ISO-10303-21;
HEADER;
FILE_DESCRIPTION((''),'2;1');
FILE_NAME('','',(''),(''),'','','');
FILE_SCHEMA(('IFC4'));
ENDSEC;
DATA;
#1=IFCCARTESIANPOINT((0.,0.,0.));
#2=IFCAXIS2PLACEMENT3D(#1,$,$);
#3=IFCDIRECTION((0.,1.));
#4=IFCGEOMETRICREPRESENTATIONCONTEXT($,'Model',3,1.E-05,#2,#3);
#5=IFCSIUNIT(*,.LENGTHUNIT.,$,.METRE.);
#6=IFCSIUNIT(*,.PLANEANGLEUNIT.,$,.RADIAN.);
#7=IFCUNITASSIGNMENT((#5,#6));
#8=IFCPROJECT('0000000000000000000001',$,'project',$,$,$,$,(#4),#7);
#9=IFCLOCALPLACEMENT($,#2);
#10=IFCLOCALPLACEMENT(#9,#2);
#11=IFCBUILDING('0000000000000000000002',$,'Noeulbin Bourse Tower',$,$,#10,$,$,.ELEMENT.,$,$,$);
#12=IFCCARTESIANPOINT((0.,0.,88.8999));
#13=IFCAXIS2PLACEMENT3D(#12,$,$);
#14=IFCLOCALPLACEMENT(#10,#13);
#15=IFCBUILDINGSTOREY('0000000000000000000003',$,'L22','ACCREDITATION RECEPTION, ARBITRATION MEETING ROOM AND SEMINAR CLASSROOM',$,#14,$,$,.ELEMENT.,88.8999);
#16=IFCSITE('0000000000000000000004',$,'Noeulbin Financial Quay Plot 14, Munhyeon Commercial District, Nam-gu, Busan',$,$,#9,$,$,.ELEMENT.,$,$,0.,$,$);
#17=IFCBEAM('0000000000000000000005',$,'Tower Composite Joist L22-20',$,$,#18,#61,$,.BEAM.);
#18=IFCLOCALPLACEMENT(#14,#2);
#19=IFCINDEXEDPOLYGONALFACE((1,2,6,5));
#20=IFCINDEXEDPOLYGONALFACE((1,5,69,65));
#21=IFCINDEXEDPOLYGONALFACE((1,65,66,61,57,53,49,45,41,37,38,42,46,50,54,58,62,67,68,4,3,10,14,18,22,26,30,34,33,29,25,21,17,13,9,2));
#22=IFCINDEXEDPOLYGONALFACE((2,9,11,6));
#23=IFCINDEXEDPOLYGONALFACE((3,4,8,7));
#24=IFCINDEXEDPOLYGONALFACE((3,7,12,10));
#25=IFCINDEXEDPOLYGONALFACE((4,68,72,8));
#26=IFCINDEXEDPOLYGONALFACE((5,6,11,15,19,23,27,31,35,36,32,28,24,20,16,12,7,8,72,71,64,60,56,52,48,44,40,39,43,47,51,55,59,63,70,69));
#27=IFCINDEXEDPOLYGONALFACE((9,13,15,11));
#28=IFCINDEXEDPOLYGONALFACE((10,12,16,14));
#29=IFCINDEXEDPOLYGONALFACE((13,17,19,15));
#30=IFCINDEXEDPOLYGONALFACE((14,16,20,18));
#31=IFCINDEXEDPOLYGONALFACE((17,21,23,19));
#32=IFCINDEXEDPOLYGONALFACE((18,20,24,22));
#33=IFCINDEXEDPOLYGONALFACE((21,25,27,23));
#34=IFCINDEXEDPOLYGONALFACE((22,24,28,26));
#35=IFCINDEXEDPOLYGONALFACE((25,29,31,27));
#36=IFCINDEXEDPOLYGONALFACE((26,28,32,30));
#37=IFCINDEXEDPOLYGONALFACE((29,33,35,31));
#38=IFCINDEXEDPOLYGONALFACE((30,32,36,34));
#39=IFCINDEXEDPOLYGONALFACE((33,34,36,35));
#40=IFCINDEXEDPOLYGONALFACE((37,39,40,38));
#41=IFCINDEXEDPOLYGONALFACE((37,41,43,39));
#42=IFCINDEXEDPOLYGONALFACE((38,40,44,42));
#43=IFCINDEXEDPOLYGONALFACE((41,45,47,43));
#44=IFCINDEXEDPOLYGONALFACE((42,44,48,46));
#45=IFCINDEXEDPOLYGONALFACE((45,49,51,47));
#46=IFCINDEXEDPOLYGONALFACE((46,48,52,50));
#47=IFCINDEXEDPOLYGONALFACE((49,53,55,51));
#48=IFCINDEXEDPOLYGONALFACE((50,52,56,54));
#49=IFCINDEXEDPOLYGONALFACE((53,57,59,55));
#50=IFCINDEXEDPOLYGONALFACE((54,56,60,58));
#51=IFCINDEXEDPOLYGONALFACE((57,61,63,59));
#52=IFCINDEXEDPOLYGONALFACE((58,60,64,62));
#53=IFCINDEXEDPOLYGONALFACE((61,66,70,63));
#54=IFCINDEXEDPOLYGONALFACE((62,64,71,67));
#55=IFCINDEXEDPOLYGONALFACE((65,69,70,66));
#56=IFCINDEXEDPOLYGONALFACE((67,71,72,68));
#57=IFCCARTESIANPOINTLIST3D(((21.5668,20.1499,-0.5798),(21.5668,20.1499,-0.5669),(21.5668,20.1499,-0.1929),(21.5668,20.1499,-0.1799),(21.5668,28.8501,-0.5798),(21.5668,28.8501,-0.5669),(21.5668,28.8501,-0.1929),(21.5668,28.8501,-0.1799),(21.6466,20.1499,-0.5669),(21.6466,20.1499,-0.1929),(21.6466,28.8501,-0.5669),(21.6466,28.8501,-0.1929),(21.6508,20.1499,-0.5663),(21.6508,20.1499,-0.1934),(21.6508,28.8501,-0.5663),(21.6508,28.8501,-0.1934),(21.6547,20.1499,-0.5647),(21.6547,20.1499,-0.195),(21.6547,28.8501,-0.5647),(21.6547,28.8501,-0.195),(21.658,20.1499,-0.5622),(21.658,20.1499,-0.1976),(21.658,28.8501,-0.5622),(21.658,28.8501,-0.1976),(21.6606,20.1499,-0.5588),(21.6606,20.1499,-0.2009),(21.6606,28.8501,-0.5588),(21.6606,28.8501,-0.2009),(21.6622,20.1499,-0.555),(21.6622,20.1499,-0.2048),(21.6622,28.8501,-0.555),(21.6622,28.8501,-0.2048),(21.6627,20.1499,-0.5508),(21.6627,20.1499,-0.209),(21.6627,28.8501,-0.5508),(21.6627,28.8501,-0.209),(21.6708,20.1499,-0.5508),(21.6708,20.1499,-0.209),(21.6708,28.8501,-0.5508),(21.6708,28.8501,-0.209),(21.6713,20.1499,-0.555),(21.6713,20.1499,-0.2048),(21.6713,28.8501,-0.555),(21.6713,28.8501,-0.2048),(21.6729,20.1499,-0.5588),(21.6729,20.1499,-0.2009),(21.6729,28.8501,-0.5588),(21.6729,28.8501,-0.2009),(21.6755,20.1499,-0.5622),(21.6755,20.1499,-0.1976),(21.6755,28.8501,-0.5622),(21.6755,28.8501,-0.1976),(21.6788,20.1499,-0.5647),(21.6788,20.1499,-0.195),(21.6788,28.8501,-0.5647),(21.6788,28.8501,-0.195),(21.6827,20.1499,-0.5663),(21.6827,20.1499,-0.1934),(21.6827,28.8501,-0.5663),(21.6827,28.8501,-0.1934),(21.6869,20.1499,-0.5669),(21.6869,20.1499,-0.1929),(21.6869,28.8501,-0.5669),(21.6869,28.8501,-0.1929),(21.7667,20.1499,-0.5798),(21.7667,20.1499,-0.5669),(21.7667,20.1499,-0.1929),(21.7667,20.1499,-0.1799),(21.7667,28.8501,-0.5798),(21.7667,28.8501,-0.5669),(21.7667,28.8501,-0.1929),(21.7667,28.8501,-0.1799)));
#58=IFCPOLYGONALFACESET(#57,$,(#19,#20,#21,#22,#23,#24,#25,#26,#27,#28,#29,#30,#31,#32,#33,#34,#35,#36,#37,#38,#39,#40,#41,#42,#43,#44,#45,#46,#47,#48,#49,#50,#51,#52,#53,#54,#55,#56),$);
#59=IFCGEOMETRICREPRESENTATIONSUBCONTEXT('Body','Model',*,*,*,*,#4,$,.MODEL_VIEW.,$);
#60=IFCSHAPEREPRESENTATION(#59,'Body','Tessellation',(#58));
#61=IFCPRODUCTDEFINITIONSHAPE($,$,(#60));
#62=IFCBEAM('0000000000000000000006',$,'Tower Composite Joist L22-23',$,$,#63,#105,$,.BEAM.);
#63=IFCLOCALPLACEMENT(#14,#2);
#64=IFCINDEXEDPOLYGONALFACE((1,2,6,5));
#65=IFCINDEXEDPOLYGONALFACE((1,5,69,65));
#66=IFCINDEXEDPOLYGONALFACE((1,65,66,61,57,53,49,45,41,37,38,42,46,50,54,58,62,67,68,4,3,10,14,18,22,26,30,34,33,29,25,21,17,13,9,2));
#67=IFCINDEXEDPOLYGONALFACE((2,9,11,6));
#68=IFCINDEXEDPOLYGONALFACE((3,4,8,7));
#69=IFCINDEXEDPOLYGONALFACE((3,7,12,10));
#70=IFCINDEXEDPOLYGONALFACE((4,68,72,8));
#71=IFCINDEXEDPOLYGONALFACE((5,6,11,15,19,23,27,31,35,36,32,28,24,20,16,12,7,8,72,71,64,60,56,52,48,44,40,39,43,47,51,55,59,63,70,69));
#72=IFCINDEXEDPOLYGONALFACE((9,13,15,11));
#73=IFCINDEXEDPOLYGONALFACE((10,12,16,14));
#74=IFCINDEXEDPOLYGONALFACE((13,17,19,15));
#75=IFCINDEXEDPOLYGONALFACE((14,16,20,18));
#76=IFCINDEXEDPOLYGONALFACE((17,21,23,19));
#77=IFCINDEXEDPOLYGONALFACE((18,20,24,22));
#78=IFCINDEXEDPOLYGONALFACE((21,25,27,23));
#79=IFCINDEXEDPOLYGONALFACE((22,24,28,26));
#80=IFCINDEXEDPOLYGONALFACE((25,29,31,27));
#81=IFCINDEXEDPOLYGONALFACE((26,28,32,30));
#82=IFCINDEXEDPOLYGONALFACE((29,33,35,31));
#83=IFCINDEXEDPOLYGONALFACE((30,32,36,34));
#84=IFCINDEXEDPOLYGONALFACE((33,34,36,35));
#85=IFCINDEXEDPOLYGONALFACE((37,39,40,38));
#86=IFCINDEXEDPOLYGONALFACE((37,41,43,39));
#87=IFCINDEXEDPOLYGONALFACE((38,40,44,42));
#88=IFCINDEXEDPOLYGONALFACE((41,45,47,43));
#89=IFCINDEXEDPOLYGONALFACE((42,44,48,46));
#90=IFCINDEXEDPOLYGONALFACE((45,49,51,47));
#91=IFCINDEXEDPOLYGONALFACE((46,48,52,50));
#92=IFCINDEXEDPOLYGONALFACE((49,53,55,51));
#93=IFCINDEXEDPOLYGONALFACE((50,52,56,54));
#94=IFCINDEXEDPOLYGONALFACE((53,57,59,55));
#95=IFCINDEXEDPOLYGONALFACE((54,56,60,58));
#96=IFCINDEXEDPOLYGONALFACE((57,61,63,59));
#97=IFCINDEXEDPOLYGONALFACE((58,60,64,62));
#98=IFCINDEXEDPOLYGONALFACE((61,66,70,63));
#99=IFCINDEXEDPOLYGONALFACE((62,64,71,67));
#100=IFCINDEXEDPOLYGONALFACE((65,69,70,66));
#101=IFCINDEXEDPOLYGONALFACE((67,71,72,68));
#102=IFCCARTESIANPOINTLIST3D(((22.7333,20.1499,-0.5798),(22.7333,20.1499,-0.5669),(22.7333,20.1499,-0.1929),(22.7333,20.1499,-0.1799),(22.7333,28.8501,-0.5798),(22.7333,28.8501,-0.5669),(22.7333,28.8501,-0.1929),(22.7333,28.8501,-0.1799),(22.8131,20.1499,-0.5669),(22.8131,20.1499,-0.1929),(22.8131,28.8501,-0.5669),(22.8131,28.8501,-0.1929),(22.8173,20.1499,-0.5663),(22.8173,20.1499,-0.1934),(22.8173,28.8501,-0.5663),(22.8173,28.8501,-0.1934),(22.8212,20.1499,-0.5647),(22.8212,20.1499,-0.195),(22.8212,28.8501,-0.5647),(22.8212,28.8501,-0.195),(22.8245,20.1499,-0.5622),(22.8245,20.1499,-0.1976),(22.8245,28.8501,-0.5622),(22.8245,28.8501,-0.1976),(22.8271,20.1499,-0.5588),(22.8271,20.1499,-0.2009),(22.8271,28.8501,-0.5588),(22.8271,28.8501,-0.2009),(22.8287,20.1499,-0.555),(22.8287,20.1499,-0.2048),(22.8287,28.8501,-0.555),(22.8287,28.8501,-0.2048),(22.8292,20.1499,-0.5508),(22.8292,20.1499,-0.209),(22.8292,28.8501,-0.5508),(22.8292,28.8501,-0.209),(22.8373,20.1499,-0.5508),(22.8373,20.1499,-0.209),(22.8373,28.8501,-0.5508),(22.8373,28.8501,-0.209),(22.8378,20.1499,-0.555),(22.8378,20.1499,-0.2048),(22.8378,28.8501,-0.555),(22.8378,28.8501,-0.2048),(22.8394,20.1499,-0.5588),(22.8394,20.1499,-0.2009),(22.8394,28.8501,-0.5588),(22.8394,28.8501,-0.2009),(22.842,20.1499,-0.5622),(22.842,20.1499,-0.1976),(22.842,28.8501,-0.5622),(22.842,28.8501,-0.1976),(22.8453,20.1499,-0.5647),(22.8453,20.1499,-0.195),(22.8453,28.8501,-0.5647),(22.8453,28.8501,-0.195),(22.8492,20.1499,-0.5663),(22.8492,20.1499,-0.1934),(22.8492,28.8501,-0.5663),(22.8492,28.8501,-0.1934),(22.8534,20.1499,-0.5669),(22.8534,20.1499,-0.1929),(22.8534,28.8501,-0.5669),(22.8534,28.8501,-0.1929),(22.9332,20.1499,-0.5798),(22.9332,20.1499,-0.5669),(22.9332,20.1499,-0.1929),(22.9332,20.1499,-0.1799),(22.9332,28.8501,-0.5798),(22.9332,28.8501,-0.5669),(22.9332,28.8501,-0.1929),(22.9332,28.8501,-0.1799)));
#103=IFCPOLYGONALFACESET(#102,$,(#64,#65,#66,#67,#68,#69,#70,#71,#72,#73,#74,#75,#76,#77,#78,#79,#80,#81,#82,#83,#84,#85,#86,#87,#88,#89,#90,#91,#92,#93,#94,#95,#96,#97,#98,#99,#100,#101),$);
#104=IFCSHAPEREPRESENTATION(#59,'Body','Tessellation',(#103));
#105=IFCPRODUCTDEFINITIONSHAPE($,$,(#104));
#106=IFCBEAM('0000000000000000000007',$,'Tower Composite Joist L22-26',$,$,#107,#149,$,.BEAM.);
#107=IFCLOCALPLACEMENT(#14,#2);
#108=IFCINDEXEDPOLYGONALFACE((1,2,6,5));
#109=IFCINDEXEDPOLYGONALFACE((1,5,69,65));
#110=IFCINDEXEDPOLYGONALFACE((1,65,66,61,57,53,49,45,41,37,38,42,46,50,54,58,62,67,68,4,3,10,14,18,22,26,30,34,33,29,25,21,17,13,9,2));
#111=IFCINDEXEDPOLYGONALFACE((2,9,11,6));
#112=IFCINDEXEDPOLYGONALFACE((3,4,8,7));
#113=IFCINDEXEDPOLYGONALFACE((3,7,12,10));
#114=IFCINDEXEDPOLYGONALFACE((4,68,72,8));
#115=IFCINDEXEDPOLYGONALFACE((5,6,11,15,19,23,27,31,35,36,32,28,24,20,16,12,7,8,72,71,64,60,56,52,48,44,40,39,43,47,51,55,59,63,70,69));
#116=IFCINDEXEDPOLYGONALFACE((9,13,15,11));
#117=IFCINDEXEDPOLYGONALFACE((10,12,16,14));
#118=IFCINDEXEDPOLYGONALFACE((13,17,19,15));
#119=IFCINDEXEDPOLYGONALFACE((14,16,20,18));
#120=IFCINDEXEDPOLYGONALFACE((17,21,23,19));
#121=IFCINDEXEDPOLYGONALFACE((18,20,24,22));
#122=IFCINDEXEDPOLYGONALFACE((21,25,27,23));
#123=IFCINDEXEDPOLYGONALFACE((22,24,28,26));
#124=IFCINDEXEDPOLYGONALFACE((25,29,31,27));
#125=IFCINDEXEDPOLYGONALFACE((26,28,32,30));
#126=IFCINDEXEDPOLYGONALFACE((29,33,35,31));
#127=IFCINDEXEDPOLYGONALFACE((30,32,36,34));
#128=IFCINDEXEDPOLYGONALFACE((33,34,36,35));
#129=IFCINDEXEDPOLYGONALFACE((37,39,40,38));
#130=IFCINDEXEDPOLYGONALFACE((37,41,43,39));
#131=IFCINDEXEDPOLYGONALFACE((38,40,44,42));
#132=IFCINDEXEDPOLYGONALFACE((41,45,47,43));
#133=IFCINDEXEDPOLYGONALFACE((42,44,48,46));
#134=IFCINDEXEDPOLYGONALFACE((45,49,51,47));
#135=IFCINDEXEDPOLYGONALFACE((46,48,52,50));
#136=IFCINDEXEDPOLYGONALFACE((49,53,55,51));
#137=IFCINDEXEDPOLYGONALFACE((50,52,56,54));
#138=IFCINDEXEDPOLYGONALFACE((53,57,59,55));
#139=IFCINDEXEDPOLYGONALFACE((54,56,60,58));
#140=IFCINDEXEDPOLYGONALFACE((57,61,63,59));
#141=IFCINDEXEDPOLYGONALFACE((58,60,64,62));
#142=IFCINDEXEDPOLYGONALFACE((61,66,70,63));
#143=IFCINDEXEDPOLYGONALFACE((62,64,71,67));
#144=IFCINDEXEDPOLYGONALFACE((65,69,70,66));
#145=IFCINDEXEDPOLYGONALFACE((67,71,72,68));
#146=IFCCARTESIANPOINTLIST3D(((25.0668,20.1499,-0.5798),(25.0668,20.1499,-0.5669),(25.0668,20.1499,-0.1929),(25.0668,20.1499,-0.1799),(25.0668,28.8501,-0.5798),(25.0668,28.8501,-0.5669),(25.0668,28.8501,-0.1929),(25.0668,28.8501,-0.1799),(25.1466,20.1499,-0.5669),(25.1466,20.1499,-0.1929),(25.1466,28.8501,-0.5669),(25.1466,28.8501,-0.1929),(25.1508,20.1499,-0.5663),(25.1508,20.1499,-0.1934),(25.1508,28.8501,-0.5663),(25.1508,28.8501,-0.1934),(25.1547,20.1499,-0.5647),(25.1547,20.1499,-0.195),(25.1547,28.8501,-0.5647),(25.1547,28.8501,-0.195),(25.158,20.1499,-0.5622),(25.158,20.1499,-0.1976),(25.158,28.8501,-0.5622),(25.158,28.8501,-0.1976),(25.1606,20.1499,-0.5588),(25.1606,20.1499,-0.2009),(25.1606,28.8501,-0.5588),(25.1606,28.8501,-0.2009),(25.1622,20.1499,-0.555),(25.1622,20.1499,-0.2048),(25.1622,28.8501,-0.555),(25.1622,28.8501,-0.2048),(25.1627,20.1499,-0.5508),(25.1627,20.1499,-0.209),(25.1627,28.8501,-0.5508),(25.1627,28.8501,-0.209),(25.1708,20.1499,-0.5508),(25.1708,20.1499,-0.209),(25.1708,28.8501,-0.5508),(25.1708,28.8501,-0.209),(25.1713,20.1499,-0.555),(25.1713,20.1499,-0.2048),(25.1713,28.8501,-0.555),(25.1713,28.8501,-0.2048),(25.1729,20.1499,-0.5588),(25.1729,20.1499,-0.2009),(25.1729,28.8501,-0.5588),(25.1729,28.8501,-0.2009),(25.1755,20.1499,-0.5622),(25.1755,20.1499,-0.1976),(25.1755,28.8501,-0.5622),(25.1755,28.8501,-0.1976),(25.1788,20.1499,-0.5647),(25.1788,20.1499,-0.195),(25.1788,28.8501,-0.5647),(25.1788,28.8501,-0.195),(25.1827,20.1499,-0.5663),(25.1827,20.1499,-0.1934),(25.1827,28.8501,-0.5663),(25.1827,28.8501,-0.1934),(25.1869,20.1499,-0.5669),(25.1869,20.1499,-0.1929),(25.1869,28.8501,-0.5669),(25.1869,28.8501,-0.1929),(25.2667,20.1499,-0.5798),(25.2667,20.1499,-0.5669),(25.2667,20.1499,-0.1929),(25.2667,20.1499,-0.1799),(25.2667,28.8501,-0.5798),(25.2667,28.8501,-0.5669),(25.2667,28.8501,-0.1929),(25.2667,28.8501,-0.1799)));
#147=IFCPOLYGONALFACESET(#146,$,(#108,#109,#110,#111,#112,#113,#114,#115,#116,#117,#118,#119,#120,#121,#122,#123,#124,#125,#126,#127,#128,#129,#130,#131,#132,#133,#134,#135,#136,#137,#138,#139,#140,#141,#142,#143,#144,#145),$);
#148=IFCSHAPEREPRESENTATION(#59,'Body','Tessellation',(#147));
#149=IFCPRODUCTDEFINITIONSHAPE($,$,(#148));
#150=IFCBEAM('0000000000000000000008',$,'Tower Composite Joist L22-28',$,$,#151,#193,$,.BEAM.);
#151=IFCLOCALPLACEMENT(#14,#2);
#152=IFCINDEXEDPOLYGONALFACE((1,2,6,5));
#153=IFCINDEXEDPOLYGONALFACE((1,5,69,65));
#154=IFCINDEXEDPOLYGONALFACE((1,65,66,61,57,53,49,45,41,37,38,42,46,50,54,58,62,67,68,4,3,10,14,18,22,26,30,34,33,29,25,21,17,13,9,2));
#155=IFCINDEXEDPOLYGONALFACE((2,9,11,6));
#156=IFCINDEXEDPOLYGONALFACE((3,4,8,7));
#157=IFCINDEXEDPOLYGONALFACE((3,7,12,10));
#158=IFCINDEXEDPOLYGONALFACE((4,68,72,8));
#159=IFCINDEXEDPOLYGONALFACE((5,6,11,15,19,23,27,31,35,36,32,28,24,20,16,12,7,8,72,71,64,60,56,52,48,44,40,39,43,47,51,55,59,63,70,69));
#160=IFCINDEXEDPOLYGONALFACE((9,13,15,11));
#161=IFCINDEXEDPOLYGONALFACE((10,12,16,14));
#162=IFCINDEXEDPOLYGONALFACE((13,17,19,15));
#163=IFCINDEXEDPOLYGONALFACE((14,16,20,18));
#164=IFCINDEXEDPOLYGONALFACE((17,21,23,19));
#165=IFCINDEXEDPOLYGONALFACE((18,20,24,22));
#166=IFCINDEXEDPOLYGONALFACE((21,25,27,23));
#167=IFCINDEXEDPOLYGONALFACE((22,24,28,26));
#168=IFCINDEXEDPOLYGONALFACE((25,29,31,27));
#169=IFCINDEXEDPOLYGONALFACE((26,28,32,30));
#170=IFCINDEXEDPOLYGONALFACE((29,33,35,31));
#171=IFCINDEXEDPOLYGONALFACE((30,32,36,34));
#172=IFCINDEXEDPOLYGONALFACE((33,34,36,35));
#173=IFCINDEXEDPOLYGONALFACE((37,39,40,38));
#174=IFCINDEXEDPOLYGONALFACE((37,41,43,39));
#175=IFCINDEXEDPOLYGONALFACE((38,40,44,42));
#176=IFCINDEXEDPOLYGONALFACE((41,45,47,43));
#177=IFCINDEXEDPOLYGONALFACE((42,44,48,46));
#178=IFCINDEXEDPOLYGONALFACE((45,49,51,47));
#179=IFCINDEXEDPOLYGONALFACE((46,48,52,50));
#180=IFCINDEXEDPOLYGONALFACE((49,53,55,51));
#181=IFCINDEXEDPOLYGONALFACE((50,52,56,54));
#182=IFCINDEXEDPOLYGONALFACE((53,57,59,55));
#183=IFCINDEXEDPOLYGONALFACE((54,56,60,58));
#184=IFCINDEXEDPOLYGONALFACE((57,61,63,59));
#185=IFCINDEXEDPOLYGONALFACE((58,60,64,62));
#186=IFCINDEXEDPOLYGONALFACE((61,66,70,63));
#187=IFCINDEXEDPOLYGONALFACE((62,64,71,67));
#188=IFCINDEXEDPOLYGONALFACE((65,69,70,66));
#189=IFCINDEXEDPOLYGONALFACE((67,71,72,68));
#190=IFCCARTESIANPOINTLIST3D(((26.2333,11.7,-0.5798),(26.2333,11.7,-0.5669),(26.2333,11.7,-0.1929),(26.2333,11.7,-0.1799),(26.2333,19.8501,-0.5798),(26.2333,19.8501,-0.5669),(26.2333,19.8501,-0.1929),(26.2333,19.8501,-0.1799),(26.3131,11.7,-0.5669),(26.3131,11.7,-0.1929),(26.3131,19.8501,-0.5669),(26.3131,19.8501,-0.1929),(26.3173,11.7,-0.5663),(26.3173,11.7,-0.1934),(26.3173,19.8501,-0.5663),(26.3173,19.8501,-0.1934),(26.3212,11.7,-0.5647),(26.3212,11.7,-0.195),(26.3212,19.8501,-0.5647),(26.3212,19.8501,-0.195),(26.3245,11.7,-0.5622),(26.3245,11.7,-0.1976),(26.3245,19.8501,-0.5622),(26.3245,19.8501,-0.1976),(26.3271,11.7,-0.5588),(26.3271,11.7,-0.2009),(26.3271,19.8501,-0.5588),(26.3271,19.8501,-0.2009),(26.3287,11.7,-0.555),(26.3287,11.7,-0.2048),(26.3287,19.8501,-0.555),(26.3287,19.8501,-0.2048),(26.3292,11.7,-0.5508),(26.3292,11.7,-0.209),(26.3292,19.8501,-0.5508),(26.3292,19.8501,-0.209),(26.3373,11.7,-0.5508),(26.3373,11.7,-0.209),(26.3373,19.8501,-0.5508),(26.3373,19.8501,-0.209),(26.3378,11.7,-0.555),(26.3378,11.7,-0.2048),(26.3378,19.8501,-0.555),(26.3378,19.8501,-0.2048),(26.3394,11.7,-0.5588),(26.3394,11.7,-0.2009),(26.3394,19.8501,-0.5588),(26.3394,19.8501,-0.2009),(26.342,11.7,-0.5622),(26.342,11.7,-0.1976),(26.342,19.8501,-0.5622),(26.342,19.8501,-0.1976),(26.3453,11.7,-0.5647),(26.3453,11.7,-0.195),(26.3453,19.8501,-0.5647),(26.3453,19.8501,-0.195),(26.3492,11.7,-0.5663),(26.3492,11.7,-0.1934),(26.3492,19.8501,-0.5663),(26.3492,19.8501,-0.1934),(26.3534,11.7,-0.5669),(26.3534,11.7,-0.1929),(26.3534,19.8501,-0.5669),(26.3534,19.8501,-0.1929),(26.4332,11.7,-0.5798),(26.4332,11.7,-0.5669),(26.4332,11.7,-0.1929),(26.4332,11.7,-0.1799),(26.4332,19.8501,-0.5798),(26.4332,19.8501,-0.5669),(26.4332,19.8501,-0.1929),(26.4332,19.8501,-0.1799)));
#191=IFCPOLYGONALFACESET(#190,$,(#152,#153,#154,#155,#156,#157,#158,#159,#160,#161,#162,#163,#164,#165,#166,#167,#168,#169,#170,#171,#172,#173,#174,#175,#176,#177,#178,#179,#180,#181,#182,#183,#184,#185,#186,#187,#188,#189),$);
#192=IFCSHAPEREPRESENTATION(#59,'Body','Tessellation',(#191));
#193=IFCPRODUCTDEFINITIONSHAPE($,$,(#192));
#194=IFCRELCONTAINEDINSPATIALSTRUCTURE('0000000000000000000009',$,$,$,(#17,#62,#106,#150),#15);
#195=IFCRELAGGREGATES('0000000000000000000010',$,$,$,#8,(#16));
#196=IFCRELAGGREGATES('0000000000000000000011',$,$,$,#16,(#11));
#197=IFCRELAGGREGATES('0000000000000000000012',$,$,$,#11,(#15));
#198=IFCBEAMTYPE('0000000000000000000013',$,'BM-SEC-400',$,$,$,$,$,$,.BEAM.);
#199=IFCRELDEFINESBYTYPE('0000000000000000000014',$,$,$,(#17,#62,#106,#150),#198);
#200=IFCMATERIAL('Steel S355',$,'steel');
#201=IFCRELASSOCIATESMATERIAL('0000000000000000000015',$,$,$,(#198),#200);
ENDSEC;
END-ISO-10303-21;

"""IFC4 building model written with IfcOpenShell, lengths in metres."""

from ifc_helpers import new_model, si_unit, direction, frame, origin, origin_2d, place, context, subcontext, project, spatial, i_section, extrude, material, material_profile, profile_set, type_object, element, save


model = new_model("IFC4")

# Units and contexts
model_context = context("Model", 3, precision=1e-05, world=origin(), true_north=direction((0.0, 1.0)))
body_context = subcontext(model_context, "Body", "Model", "MODEL_VIEW")
ifc_project = project(units=[si_unit("LENGTHUNIT", "METRE"), si_unit("PLANEANGLEUNIT", "RADIAN")], contexts=[model_context])

# Site, building, storey
site_placement = place(None, origin())
site = spatial("IfcSite", under=ifc_project, at=site_placement, Name="Noeulbin Financial Quay Plot 14, Munhyeon Commercial District, Nam-gu, Busan", CompositionType="ELEMENT", RefElevation=0.0)
building_placement = place(site_placement, origin())
building = spatial("IfcBuilding", under=site, at=building_placement, Name="Noeulbin Bourse Tower", CompositionType="ELEMENT")
storey_placement = place(building_placement, frame((0.0, 0.0, 88.8999)))
storey = spatial("IfcBuildingStorey", under=building, at=storey_placement, Name="L22", Description="ACCREDITATION RECEPTION, ARBITRATION MEETING ROOM AND SEMINAR CLASSROOM", CompositionType="ELEMENT", Elevation=88.8999)

# Beams
ifc_material_1 = material(Name="Steel S355", Category="steel")
ifc_material_profile_1 = material_profile(ifc_material_1, i_section(OverallWidth=0.2, OverallDepth=0.3999, WebThickness=0.0081, FlangeThickness=0.0129, FilletRadius=0.0161, at=origin_2d()), Name="H-400x200x8x13", Category="LoadBearing")
ifc_profile_set_1 = profile_set([ifc_material_profile_1], Name="Steel S355")
beam_type_1 = type_object("IfcBeamType", Name="BM-SEC-400", PredefinedType="BEAM", material=ifc_profile_set_1)
for number, where, z_axis, x_axis, name in (
    (1, (21.6667, 20.1499, -0.3799), (0.0, 1.0, 0.0), (-1.0, 0.0, 0.0), "Tower Composite Joist L22-20"),
    (2, (22.8333, 20.1499, -0.3799), (0.0, 1.0, 0.0), (-1.0, 0.0, 0.0), "Tower Composite Joist L22-23"),
    (3, (25.1667, 20.1499, -0.3799), (0.0, 1.0, 0.0), (-1.0, 0.0, 0.0), "Tower Composite Joist L22-26"),
):
    element("IfcBeam", number, at=place(storey_placement, frame(where, z_axis=z_axis, x_axis=x_axis)), inside=storey, type_object=beam_type_1, Name=name, PredefinedType="BEAM", context=body_context, shape_type="SweptSolid", body=[
        extrude(i_section(OverallWidth=0.2, OverallDepth=0.3999, WebThickness=0.0081, FlangeThickness=0.0129, FilletRadius=0.0161, at=origin_2d()), origin(), (0.0, 0.0, 1.0), 8.7002),
    ])
beam_1_placement = place(storey_placement, frame((26.3333, 11.7, -0.3799), z_axis=(0.0, 1.0, 0.0), x_axis=(-1.0, 0.0, 0.0)))
element("IfcBeam", 4, at=beam_1_placement, inside=storey, type_object=beam_type_1, Name="Tower Composite Joist L22-28", PredefinedType="BEAM", context=body_context, shape_type="SweptSolid", body=[
    extrude(i_section(OverallWidth=0.2, OverallDepth=0.3999, WebThickness=0.0081, FlangeThickness=0.0129, FilletRadius=0.0161, at=origin_2d()), origin(), (0.0, 0.0, 1.0), 8.1501),
])

save(model, "model.ifc")
